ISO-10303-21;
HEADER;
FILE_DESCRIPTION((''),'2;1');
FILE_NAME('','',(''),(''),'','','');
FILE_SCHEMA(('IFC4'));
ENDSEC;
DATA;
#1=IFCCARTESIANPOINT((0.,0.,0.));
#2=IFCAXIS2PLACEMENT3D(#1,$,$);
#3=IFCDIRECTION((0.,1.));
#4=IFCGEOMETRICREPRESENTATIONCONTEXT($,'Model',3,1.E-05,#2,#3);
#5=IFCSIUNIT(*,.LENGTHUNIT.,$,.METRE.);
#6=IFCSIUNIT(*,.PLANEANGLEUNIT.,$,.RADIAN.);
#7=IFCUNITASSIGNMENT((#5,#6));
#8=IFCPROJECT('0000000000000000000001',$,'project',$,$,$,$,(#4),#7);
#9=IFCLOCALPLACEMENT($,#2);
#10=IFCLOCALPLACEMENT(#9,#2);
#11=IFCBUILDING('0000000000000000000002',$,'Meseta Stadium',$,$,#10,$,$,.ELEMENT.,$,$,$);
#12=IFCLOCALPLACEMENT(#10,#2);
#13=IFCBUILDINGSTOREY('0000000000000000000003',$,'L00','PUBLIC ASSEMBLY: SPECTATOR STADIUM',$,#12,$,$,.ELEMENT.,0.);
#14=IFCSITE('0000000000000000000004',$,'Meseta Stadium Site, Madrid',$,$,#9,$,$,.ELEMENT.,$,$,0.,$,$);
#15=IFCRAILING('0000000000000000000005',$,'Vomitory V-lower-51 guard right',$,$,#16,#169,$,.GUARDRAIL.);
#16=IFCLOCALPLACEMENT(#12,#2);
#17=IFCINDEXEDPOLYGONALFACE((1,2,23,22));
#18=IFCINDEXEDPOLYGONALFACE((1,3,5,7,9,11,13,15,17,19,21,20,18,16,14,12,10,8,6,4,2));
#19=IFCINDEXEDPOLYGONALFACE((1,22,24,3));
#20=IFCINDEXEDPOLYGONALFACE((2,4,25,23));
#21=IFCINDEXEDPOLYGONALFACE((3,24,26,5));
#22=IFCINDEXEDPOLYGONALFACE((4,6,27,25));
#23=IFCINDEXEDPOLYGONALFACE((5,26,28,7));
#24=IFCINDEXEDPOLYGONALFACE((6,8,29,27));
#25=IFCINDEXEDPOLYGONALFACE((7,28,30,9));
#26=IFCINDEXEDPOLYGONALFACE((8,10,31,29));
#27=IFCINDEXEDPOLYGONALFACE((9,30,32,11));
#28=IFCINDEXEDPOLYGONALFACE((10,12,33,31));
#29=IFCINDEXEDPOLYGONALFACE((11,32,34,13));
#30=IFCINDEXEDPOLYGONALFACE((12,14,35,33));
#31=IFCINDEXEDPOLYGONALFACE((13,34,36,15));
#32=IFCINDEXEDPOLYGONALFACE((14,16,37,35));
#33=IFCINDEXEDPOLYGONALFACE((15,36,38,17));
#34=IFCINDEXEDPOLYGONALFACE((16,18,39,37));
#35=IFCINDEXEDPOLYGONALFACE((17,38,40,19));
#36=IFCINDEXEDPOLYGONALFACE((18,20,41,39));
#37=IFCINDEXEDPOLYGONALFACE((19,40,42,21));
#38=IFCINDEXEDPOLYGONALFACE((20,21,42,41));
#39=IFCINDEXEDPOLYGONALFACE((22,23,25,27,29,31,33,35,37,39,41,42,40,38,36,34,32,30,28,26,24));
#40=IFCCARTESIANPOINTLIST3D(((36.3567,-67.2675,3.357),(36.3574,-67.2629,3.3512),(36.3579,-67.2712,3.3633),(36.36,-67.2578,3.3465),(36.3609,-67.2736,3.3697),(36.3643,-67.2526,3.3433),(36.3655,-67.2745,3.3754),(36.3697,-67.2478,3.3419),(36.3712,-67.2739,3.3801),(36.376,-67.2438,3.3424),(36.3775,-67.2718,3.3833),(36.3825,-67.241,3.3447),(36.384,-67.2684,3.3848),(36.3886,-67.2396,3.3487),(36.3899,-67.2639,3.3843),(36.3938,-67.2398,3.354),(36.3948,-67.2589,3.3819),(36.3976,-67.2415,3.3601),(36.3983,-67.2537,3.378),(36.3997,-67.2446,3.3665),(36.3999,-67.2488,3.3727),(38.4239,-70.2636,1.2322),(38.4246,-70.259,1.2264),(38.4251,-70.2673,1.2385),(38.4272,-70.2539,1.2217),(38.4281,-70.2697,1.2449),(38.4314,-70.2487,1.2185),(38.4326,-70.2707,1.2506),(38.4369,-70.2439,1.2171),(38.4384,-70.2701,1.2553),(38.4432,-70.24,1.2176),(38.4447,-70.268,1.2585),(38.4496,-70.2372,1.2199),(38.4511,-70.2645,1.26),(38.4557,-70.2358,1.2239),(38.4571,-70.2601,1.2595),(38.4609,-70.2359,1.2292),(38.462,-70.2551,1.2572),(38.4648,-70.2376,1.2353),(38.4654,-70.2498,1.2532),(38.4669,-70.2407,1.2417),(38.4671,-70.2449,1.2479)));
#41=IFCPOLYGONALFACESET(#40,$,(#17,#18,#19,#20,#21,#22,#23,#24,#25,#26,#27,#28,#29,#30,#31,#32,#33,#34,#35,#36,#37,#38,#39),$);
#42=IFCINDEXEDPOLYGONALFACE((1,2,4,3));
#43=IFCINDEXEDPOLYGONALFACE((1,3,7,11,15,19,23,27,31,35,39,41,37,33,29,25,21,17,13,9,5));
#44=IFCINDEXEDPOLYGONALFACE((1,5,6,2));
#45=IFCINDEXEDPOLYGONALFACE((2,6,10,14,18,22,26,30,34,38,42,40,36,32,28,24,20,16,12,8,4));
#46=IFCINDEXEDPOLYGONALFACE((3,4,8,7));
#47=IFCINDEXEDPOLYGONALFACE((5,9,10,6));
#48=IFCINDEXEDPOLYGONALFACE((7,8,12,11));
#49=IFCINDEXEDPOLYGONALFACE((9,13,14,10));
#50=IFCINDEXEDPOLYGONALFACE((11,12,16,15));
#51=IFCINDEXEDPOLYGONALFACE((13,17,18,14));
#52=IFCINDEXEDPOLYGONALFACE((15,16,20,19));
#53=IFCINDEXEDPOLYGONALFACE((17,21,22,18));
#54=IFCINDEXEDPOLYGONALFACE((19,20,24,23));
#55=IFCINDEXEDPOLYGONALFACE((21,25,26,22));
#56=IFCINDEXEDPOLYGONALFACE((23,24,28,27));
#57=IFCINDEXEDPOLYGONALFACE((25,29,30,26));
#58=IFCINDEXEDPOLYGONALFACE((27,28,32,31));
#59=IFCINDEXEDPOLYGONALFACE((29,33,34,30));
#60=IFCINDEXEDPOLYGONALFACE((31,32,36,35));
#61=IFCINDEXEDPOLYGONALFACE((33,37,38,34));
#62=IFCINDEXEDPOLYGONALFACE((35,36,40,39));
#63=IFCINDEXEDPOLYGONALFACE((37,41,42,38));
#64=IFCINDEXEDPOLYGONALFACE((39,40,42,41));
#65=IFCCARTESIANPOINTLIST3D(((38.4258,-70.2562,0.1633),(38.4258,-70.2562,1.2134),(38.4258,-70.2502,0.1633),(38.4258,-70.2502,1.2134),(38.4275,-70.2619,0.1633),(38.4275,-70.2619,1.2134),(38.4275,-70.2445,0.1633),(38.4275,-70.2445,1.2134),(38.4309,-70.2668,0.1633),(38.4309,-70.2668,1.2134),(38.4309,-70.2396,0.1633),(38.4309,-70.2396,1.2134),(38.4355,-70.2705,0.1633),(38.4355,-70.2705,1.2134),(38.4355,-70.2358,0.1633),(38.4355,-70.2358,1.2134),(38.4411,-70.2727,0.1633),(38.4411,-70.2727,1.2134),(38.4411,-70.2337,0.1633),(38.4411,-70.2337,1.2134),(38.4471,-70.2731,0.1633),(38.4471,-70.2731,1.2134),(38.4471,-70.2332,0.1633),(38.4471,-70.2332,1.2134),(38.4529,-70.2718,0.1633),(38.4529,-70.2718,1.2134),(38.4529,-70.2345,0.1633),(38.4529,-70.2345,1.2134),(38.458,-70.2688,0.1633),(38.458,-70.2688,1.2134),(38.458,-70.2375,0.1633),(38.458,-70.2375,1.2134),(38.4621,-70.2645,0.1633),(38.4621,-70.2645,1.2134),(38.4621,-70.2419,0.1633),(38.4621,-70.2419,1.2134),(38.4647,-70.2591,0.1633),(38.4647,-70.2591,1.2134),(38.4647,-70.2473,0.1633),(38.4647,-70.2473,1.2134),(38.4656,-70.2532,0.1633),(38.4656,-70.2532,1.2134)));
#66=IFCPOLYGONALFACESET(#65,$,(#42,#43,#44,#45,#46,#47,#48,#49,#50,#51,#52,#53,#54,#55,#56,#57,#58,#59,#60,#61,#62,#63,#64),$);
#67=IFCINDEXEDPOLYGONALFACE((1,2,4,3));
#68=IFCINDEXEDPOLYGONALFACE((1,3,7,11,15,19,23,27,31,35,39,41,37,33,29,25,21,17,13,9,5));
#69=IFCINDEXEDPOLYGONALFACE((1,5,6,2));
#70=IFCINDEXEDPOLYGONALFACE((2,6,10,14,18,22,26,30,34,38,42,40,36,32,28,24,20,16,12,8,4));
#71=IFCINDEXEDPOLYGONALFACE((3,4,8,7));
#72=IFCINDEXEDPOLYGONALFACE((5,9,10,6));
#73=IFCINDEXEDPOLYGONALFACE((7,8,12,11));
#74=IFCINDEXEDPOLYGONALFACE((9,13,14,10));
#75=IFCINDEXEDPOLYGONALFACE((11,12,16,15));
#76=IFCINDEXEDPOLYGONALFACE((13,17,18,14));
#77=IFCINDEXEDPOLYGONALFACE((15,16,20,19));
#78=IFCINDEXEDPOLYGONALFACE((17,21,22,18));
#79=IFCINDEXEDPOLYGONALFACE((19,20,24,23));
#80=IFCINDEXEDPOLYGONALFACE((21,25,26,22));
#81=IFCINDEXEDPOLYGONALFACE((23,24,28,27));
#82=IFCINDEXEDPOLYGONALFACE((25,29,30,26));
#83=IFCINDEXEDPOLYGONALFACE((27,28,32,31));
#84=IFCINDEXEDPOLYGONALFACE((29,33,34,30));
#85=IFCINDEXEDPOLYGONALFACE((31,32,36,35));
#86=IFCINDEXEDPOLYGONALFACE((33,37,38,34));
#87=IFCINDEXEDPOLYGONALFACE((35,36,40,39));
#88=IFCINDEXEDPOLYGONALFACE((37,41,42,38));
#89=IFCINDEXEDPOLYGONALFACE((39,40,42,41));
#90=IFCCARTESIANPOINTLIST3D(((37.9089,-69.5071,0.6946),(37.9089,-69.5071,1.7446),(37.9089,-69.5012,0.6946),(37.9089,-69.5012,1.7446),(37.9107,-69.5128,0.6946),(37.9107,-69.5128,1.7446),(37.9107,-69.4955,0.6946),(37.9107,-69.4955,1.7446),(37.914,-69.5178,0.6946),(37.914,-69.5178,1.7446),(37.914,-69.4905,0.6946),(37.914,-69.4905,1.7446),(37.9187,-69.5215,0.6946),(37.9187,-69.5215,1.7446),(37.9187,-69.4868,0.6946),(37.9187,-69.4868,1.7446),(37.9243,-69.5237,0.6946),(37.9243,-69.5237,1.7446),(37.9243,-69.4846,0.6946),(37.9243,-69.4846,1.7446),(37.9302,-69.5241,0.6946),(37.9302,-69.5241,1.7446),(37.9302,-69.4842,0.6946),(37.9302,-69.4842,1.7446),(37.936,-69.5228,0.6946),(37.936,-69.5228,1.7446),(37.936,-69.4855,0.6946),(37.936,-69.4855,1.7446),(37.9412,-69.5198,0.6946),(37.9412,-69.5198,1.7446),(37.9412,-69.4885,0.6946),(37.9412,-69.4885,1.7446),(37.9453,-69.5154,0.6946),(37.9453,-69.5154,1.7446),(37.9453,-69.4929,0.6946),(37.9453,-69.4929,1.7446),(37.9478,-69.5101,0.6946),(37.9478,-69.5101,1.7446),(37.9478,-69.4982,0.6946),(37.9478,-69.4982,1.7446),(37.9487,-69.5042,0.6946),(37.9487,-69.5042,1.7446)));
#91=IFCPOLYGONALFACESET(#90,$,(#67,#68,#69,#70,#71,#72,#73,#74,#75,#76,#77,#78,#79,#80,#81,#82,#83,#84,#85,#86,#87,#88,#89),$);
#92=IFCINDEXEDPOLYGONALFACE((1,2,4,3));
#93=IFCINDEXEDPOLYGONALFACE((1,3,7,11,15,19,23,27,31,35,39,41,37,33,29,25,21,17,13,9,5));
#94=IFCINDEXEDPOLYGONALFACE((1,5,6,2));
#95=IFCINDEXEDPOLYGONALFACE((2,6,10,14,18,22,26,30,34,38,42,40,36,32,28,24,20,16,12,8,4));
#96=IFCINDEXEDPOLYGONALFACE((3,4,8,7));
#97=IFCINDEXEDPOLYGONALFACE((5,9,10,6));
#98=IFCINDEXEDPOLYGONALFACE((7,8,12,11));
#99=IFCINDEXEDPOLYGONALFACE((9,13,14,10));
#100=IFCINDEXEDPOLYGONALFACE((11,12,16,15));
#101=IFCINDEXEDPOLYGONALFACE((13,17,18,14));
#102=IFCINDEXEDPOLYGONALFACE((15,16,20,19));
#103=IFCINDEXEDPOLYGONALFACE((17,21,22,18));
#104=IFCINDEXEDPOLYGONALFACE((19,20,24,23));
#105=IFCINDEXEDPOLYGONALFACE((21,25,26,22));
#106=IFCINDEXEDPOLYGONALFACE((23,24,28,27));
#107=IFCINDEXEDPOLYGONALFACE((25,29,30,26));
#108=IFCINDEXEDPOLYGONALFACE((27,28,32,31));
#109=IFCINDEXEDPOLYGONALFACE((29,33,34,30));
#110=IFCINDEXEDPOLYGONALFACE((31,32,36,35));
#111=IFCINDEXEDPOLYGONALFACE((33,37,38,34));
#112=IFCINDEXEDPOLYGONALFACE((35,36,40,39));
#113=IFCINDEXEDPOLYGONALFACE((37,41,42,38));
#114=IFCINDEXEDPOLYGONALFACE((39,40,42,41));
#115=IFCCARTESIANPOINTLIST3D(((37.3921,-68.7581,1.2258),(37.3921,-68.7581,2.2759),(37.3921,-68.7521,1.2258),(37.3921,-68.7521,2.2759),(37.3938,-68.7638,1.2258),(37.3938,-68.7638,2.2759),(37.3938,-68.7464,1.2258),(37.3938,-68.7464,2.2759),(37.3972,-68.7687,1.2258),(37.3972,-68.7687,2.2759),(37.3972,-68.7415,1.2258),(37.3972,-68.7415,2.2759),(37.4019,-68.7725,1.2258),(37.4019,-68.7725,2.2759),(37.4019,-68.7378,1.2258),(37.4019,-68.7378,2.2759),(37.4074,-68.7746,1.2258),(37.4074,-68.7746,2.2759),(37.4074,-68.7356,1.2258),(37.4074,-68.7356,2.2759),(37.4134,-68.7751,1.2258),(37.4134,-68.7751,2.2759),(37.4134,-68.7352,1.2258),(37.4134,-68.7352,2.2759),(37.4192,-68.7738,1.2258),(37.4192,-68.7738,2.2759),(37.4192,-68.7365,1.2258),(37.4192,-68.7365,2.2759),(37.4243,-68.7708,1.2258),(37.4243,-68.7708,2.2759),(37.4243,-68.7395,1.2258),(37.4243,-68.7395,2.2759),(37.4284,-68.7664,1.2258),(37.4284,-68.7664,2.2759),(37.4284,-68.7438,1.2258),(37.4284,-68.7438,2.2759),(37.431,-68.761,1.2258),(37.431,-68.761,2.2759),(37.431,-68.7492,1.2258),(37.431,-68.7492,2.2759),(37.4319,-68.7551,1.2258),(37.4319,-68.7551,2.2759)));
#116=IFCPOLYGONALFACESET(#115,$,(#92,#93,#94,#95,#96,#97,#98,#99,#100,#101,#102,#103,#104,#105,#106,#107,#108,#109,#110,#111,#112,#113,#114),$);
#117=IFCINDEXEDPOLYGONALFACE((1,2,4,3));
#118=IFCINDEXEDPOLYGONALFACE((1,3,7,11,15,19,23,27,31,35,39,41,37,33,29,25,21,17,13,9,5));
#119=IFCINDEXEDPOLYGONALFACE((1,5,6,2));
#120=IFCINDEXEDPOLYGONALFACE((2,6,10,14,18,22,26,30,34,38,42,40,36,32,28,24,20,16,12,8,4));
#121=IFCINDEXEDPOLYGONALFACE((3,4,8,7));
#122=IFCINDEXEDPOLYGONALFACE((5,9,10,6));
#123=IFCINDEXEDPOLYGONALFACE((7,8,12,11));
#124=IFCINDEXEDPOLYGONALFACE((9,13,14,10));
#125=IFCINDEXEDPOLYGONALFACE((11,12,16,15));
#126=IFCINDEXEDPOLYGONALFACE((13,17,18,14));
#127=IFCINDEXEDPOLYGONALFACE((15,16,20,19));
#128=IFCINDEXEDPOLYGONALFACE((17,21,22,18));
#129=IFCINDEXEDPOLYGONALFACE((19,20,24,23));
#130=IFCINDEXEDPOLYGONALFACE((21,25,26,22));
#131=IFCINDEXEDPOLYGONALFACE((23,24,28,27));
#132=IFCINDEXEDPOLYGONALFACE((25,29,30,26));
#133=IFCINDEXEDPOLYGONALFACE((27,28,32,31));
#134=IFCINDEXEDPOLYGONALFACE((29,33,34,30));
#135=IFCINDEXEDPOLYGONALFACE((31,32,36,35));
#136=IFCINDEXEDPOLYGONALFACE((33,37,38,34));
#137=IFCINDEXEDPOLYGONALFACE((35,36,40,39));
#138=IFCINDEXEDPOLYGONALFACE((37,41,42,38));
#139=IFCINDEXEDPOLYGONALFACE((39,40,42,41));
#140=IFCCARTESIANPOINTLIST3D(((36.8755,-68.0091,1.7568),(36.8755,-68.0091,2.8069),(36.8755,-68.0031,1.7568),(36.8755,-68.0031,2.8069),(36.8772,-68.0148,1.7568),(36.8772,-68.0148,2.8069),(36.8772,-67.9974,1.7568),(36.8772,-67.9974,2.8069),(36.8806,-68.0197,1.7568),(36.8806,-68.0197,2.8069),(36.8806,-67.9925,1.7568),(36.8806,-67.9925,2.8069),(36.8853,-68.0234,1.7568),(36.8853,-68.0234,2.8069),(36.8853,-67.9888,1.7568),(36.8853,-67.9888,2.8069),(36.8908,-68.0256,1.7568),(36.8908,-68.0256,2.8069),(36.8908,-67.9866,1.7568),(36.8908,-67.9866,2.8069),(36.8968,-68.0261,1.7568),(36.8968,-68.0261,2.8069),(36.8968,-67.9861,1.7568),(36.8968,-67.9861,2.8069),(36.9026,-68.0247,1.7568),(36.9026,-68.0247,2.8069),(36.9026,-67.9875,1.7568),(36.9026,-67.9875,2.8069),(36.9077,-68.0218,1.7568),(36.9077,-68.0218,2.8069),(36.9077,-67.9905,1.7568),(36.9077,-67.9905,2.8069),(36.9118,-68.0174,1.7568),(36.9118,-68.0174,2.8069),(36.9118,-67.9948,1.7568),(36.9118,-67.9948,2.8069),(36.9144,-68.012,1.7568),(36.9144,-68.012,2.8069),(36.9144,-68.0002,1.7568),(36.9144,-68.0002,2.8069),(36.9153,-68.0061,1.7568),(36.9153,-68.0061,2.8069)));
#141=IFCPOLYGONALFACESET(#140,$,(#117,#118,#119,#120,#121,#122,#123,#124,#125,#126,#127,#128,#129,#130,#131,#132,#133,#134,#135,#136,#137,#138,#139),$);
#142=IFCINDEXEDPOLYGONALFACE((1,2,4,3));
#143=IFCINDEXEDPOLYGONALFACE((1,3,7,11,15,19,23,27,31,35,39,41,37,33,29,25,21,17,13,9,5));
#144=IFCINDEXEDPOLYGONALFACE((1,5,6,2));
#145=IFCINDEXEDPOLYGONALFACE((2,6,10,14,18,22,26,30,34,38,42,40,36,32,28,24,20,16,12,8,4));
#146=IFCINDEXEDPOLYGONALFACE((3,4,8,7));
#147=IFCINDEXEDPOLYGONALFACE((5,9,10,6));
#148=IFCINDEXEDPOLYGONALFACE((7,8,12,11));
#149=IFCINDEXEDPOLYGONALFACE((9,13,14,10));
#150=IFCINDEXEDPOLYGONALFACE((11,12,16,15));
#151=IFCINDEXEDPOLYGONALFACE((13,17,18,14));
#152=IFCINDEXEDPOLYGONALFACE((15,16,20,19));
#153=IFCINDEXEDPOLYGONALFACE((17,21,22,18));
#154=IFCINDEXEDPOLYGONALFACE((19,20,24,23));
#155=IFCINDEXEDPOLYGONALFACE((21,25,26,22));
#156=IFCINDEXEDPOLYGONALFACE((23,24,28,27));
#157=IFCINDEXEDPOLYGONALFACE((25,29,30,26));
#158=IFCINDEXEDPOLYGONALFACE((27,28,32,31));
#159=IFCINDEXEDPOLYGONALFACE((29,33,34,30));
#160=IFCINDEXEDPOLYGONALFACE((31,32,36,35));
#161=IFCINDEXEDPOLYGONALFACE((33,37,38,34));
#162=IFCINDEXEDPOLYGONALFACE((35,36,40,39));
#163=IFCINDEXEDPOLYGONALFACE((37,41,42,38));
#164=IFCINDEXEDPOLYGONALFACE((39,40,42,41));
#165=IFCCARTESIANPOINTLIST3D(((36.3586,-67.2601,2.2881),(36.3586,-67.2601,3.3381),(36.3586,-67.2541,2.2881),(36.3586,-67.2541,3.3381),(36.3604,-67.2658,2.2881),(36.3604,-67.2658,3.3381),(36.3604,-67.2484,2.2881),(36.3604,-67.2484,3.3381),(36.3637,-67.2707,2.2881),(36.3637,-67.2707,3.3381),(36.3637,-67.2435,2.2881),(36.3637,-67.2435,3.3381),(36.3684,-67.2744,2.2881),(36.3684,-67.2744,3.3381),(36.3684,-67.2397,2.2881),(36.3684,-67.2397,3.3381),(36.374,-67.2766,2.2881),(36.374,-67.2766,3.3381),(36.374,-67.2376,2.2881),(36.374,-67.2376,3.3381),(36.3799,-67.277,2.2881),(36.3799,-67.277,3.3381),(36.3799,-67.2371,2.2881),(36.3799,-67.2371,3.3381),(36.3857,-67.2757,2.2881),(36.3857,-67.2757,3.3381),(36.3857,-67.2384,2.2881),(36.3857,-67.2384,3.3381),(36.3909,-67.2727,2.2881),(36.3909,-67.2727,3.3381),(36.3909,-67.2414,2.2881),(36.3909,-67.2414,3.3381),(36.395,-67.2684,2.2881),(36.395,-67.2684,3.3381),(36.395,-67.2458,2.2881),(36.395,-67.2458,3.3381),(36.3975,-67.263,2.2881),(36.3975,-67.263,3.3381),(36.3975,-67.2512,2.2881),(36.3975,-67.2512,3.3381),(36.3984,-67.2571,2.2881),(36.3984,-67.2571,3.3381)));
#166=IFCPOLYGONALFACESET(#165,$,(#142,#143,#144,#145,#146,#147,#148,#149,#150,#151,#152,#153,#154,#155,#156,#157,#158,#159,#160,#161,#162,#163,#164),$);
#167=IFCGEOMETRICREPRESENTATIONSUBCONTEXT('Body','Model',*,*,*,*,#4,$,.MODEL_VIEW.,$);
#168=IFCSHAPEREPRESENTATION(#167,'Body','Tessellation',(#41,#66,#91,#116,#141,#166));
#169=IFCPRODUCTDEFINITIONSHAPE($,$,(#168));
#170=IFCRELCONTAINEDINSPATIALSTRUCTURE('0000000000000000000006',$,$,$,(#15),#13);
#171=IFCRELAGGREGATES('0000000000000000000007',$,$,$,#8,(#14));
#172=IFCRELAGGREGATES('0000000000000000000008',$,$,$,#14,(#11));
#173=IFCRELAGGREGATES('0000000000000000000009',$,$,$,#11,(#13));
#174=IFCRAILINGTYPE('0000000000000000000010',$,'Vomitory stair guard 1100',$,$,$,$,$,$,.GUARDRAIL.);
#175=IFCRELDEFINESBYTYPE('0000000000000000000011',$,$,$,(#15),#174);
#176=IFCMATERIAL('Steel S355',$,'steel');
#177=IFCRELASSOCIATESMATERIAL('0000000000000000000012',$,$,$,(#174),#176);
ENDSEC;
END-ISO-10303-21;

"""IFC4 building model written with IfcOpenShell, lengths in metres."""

from ifc_helpers import new_model, si_unit, direction, frame, origin, origin_2d, place, context, subcontext, project, spatial, circle, extrude, material, type_object, element, save


model = new_model("IFC4")

# Units and contexts
model_context = context("Model", 3, precision=1e-05, world=origin(), true_north=direction((0.0, 1.0)))
body_context = subcontext(model_context, "Body", "Model", "MODEL_VIEW")
ifc_project = project(units=[si_unit("LENGTHUNIT", "METRE"), si_unit("PLANEANGLEUNIT", "RADIAN")], contexts=[model_context])

# Site, building, storey
site_placement = place(None, origin())
site = spatial("IfcSite", under=ifc_project, at=site_placement, Name="Meseta Stadium Site, Madrid", CompositionType="ELEMENT", RefElevation=0.0)
building_placement = place(site_placement, origin())
building = spatial("IfcBuilding", under=site, at=building_placement, Name="Meseta Stadium", CompositionType="ELEMENT")
storey_placement = place(building_placement, origin())
storey = spatial("IfcBuildingStorey", under=building, at=storey_placement, Name="L00", Description="PUBLIC ASSEMBLY: SPECTATOR STADIUM", CompositionType="ELEMENT", Elevation=0.0)

# Railing
ifc_material_1 = material(Name="Steel S355", Category="steel")
railing_type_1 = type_object("IfcRailingType", Name="Vomitory stair guard 1100", PredefinedType="GUARDRAIL", material=ifc_material_1)
for number, where, name in (
    (1, (38.4456, -70.2532, 0.1633), "Vomitory V-lower-51 guard right"),
):
    element("IfcRailing", number, at=place(storey_placement, frame(where)), inside=storey, type_object=railing_type_1, Name=name, PredefinedType="GUARDRAIL", context=body_context, shape_type="SweptSolid", body=[
        extrude(circle(Radius=0.0249, at=origin_2d()), frame((0.0, 0.0, 1.0752), z_axis=(-0.490452, 0.710857, 0.504122), x_axis=(-0.823101, -0.567894, 0.0)), (0.0, 0.0, 1.0), 4.2148),
        extrude(circle(Radius=0.02, at=origin_2d()), origin(), (0.0, 0.0, 1.0), 1.05),
        extrude(circle(Radius=0.02, at=origin_2d()), frame((-0.5168, 0.749, 0.5312)), (0.0, 0.0, 1.0), 1.05),
        extrude(circle(Radius=0.02, at=origin_2d()), frame((-1.0337, 1.498, 1.0625)), (0.0, 0.0, 1.0), 1.05),
        extrude(circle(Radius=0.02, at=origin_2d()), frame((-1.5503, 2.2471, 1.5935)), (0.0, 0.0, 1.0), 1.05),
        extrude(circle(Radius=0.02, at=origin_2d()), frame((-2.0671, 2.9961, 2.1248)), (0.0, 0.0, 1.0), 1.05),
    ])

save(model, "model.ifc")
